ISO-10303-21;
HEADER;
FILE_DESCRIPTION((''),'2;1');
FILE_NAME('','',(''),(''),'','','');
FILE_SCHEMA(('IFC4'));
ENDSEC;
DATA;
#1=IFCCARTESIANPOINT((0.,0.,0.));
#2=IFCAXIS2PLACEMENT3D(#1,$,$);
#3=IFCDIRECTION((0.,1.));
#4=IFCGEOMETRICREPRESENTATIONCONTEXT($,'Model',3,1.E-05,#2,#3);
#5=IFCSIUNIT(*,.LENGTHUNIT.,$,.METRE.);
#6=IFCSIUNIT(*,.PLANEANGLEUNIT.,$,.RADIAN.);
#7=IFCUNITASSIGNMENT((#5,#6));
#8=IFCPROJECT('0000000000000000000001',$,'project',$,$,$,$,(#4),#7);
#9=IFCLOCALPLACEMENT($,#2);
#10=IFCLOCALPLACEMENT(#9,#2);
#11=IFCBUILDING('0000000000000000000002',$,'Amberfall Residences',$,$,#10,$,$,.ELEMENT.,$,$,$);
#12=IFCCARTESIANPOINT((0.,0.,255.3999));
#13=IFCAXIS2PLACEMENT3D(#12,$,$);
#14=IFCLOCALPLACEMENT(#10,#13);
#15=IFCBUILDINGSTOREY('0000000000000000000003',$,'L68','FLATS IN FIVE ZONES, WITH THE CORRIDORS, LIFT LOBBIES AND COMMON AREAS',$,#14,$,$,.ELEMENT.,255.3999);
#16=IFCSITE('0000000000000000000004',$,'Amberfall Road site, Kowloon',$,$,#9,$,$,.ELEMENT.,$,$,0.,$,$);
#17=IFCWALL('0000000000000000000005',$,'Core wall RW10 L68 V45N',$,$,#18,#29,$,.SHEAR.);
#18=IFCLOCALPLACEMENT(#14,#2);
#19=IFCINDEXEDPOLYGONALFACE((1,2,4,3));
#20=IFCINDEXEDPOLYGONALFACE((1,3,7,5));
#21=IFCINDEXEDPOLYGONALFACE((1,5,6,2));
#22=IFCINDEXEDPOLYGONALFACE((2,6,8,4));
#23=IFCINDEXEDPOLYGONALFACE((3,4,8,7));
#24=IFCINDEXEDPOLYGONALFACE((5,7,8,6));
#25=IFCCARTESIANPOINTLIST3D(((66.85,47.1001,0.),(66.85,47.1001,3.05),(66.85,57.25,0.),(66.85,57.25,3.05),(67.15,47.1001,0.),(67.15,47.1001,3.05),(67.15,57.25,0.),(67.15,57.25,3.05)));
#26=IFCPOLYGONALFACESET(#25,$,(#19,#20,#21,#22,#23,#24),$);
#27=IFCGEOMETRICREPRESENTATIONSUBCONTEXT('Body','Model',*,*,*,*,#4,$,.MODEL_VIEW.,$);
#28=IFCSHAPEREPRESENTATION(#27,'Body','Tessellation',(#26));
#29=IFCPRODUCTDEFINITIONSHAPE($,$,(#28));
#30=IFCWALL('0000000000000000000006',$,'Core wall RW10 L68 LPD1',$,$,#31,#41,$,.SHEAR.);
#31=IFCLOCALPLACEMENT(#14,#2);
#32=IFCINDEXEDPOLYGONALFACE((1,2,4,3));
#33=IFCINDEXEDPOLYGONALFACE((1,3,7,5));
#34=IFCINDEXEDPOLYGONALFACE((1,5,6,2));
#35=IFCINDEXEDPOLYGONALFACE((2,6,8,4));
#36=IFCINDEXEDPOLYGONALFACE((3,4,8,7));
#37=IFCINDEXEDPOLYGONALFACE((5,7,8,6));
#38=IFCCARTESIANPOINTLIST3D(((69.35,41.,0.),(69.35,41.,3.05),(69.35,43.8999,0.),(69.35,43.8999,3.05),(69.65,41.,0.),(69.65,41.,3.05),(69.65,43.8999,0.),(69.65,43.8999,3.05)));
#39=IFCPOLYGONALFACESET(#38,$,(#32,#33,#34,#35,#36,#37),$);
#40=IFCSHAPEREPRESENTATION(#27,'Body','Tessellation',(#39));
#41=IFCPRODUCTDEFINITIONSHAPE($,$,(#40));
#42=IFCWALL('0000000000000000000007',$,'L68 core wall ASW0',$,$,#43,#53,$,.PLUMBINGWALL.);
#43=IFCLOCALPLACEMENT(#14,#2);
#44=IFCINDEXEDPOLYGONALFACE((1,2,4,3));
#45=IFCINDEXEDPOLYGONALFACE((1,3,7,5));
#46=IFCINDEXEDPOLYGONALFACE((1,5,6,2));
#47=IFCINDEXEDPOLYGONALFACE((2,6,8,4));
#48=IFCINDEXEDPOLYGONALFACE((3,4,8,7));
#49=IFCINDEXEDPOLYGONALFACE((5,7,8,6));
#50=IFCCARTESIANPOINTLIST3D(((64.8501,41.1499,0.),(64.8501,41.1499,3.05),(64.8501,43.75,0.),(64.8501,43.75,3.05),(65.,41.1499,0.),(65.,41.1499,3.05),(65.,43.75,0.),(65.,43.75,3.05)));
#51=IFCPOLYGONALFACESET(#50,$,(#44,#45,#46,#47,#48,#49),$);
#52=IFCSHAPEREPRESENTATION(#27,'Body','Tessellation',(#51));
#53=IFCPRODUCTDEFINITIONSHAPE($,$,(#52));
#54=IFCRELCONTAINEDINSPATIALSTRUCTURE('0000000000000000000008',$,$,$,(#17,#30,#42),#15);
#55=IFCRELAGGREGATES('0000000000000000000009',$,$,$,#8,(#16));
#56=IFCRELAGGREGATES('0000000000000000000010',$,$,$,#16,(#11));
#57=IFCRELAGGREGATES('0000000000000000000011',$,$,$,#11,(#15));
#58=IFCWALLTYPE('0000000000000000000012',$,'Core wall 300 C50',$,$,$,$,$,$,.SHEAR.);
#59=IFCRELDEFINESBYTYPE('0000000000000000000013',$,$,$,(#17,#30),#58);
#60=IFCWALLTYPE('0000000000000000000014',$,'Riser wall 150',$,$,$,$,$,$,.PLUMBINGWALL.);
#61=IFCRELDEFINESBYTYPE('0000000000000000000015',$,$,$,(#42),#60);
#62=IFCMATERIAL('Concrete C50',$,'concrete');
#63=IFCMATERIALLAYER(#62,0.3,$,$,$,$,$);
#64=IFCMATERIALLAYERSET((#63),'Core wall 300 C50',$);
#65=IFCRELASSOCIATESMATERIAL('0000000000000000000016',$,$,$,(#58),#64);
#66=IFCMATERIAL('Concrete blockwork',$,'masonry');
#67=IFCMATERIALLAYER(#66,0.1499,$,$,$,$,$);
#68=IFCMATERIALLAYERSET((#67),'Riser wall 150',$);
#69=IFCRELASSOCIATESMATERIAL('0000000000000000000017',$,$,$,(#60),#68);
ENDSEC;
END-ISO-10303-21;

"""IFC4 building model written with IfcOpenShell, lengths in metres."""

from ifc_helpers import new_model, si_unit, direction, frame, frame_2d, origin, place, context, subcontext, project, spatial, rectangle, extrude, material, layer, layer_set, type_object, element, save


model = new_model("IFC4")

# Units and contexts
model_context = context("Model", 3, precision=1e-05, world=origin(), true_north=direction((0.0, 1.0)))
body_context = subcontext(model_context, "Body", "Model", "MODEL_VIEW")
ifc_project = project(units=[si_unit("LENGTHUNIT", "METRE"), si_unit("PLANEANGLEUNIT", "RADIAN")], contexts=[model_context])

# Site, building, storey
site_placement = place(None, origin())
site = spatial("IfcSite", under=ifc_project, at=site_placement, Name="Amberfall Road site, Kowloon", CompositionType="ELEMENT", RefElevation=0.0)
building_placement = place(site_placement, origin())
building = spatial("IfcBuilding", under=site, at=building_placement, Name="Amberfall Residences", CompositionType="ELEMENT")
storey_placement = place(building_placement, frame((0.0, 0.0, 255.3999)))
storey = spatial("IfcBuildingStorey", under=building, at=storey_placement, Name="L68", Description="FLATS IN FIVE ZONES, WITH THE CORRIDORS, LIFT LOBBIES AND COMMON AREAS", CompositionType="ELEMENT", Elevation=255.3999)

# Shared definitions
ifc_material_1 = material(Name="Concrete C50", Category="concrete")
ifc_layer_1 = layer(ifc_material_1, 0.3)
ifc_layer_set_1 = layer_set([ifc_layer_1], Name="Core wall 300 C50")
wall_type_1 = type_object("IfcWallType", Name="Core wall 300 C50", PredefinedType="SHEAR", material=ifc_layer_set_1)

# Walls
wall_1_placement = place(storey_placement, frame((67.0, 47.1001, 0.0), z_axis=(0.0, 0.0, 1.0), x_axis=(0.0, 1.0, 0.0)))
element("IfcWall", 1, at=wall_1_placement, inside=storey, type_object=wall_type_1, Name="Core wall RW10 L68 V45N", PredefinedType="SHEAR", context=body_context, shape_type="SweptSolid", body=[
    extrude(rectangle(XDim=10.1499, YDim=0.3, at=frame_2d((5.075, 0.0))), origin(), (0.0, 0.0, 1.0), 3.05),
])
wall_2_placement = place(storey_placement, frame((69.5, 41.0, 0.0), z_axis=(0.0, 0.0, 1.0), x_axis=(0.0, 1.0, 0.0)))
element("IfcWall", 2, at=wall_2_placement, inside=storey, type_object=wall_type_1, Name="Core wall RW10 L68 LPD1", PredefinedType="SHEAR", context=body_context, shape_type="SweptSolid", body=[
    extrude(rectangle(XDim=2.8999, YDim=0.3, at=frame_2d((1.45, 0.0))), origin(), (0.0, 0.0, 1.0), 3.05),
])
ifc_material_2 = material(Name="Concrete blockwork", Category="masonry")
ifc_layer_2 = layer(ifc_material_2, 0.1499)
ifc_layer_set_2 = layer_set([ifc_layer_2], Name="Riser wall 150")
wall_type_2 = type_object("IfcWallType", Name="Riser wall 150", PredefinedType="PLUMBINGWALL", material=ifc_layer_set_2)
wall_3_placement = place(storey_placement, frame((64.925, 41.1499, 0.0), z_axis=(0.0, 0.0, 1.0), x_axis=(0.0, 1.0, 0.0)))
element("IfcWall", 3, at=wall_3_placement, inside=storey, type_object=wall_type_2, Name="L68 core wall ASW0", PredefinedType="PLUMBINGWALL", context=body_context, shape_type="SweptSolid", body=[
    extrude(rectangle(XDim=2.6001, YDim=0.1499, at=frame_2d((1.3, 0.0))), origin(), (0.0, 0.0, 1.0), 3.05),
])

save(model, "model.ifc")
